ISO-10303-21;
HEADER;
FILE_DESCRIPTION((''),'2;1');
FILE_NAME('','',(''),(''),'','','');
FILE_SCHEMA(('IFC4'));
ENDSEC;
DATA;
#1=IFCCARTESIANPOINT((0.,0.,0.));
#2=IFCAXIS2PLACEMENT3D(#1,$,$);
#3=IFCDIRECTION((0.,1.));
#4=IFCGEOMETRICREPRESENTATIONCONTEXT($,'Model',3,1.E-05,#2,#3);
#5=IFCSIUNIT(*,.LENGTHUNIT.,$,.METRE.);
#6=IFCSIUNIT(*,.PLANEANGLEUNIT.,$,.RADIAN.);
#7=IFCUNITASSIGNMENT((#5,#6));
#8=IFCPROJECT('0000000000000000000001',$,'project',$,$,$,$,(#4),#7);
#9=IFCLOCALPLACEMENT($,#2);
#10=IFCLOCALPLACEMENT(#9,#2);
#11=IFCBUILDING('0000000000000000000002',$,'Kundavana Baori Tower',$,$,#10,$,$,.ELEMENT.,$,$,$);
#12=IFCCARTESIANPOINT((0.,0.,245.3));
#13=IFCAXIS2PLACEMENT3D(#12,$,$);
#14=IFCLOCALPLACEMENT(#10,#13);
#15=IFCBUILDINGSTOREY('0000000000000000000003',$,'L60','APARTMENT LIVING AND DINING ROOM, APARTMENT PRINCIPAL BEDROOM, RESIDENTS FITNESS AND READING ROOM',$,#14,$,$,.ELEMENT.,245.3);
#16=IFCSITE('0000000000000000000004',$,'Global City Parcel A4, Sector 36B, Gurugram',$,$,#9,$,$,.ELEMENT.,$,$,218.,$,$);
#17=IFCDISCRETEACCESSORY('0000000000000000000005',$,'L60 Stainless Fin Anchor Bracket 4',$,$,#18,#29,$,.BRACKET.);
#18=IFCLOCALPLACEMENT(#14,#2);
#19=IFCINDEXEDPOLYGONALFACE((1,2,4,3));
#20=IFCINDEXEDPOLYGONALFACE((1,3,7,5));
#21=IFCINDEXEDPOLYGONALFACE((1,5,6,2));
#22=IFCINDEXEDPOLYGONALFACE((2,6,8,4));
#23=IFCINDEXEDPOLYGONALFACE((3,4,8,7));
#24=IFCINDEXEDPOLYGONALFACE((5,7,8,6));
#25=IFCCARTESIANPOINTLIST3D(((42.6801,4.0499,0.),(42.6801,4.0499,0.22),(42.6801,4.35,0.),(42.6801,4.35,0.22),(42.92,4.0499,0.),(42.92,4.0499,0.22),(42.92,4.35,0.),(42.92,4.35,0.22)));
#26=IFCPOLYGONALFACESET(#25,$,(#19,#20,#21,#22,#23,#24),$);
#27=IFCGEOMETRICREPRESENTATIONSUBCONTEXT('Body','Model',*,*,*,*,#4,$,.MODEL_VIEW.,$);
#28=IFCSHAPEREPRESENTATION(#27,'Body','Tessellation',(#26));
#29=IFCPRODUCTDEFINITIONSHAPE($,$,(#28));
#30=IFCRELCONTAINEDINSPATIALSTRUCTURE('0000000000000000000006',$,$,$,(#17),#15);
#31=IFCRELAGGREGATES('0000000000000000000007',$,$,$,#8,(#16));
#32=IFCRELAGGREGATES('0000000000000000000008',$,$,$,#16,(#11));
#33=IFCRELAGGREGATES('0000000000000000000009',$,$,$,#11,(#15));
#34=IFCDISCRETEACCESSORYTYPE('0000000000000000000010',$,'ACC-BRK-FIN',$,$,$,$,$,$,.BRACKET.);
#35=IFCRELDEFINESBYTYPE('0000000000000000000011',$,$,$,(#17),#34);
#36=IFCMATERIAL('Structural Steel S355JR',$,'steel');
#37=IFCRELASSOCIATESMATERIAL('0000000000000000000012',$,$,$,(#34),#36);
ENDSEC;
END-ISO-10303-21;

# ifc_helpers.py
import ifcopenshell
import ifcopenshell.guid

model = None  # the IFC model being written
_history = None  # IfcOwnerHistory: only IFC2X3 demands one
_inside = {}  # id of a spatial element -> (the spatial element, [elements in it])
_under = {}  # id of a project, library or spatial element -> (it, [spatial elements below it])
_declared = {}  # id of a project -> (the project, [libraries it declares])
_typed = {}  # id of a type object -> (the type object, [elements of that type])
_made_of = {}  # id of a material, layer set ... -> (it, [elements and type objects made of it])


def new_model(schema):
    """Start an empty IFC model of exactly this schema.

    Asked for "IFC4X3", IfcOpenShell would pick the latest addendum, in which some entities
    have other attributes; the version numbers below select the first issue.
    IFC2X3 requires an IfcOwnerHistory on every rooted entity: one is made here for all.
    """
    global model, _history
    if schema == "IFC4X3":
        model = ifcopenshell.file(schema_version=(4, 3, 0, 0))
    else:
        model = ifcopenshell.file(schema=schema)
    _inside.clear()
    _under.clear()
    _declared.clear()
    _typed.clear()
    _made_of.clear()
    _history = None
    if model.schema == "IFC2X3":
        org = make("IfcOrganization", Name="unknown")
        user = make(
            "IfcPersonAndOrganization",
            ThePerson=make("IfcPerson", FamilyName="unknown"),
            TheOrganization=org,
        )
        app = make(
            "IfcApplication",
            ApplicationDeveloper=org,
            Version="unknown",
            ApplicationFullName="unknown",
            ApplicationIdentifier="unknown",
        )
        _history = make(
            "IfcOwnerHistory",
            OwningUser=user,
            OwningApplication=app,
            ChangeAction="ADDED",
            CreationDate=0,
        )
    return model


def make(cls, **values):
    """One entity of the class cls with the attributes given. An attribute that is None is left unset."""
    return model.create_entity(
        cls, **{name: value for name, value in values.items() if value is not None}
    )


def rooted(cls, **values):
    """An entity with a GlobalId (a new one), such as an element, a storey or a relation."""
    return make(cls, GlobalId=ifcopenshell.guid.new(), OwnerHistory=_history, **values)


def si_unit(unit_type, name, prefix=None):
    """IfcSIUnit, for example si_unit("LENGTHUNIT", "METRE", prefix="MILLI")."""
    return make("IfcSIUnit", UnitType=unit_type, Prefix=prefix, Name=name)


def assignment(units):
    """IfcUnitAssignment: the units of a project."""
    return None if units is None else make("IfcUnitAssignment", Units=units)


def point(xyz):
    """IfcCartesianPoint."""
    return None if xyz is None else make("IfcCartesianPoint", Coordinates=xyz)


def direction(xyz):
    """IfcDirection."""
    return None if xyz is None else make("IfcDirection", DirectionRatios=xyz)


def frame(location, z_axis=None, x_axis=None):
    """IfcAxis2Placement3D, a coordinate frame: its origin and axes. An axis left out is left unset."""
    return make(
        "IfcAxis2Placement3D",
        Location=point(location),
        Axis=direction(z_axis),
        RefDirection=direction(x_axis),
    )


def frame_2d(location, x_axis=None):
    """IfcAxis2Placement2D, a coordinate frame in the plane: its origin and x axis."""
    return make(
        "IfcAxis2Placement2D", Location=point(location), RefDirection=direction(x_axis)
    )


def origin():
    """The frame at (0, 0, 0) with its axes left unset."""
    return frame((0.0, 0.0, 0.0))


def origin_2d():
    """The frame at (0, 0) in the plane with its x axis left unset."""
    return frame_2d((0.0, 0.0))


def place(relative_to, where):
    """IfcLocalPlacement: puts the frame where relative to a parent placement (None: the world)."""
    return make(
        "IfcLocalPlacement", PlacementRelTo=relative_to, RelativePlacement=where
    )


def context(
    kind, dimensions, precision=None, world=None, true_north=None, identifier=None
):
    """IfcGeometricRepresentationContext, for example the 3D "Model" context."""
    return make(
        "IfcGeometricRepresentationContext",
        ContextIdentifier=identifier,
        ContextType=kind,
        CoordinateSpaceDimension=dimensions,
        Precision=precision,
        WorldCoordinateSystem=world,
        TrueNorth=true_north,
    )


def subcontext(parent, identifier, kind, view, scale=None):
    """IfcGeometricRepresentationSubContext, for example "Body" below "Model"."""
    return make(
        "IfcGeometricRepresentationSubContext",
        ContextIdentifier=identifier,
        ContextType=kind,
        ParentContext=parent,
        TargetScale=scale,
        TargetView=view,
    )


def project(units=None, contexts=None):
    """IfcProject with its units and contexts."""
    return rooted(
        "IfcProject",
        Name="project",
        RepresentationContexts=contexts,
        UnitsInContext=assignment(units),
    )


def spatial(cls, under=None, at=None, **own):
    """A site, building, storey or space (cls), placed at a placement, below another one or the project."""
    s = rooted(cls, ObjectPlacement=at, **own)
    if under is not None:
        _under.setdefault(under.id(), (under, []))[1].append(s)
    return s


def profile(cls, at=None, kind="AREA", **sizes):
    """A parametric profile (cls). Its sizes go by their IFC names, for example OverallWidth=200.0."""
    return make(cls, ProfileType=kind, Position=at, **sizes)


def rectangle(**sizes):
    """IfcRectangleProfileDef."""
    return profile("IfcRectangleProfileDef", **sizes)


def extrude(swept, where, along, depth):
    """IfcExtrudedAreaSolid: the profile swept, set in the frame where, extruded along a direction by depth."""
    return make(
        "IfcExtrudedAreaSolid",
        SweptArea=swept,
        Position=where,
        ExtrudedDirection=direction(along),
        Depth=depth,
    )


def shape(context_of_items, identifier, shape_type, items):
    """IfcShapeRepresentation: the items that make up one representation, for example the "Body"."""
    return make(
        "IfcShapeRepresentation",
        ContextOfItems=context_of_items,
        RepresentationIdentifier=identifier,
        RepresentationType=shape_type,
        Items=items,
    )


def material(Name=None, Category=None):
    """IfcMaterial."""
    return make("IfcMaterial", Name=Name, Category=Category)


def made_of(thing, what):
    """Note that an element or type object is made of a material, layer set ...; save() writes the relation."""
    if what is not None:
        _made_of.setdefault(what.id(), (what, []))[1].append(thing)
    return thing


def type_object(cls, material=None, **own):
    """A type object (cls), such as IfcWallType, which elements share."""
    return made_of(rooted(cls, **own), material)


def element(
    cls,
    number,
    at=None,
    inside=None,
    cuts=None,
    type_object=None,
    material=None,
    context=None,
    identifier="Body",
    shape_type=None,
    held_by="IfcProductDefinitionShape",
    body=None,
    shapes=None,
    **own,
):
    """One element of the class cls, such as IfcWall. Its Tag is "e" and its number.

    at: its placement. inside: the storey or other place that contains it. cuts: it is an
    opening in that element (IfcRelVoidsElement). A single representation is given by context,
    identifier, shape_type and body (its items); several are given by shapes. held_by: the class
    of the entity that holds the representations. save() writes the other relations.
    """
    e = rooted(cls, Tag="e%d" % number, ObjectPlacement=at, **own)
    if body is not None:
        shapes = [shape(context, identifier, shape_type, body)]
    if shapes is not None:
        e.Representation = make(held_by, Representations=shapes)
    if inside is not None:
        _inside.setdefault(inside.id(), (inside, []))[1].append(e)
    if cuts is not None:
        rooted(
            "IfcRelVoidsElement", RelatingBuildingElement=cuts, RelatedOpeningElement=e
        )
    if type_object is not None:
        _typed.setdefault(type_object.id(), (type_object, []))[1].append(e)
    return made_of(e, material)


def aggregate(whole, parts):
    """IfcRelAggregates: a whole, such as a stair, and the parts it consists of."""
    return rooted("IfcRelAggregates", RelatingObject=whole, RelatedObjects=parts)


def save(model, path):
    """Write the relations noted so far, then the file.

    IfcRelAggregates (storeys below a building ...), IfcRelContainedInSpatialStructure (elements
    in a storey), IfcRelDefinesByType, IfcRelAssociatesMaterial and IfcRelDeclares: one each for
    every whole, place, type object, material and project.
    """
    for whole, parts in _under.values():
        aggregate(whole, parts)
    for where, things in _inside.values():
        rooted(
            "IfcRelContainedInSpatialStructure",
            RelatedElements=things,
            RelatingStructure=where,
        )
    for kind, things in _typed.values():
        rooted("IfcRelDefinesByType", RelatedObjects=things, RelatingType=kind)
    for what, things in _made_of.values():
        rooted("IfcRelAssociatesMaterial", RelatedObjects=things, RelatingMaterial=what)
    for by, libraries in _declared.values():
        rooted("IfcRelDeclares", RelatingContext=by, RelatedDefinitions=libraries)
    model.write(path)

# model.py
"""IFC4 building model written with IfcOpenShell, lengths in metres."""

from ifc_helpers import new_model, si_unit, direction, frame, origin, origin_2d, place, context, subcontext, project, spatial, rectangle, extrude, material, type_object, element, save


model = new_model("IFC4")

# Units and contexts
model_context = context("Model", 3, precision=1e-05, world=origin(), true_north=direction((0.0, 1.0)))
body_context = subcontext(model_context, "Body", "Model", "MODEL_VIEW")
ifc_project = project(units=[si_unit("LENGTHUNIT", "METRE"), si_unit("PLANEANGLEUNIT", "RADIAN")], contexts=[model_context])

# Site, building, storey
site_placement = place(None, origin())
site = spatial("IfcSite", under=ifc_project, at=site_placement, Name="Global City Parcel A4, Sector 36B, Gurugram", CompositionType="ELEMENT", RefElevation=218.0)
building_placement = place(site_placement, origin())
building = spatial("IfcBuilding", under=site, at=building_placement, Name="Kundavana Baori Tower", CompositionType="ELEMENT")
storey_placement = place(building_placement, frame((0.0, 0.0, 245.3)))
storey = spatial("IfcBuildingStorey", under=building, at=storey_placement, Name="L60", Description="APARTMENT LIVING AND DINING ROOM, APARTMENT PRINCIPAL BEDROOM, RESIDENTS FITNESS AND READING ROOM", CompositionType="ELEMENT", Elevation=245.3)

# Discrete accessory
ifc_material_1 = material(Name="Structural Steel S355JR", Category="steel")
discrete_accessory_type = type_object("IfcDiscreteAccessoryType", Name="ACC-BRK-FIN", PredefinedType="BRACKET", material=ifc_material_1)
discrete_accessory_placement = place(storey_placement, frame((42.8, 4.2, 0.0), z_axis=(0.0, 0.0, 1.0), x_axis=(1.0, 0.0, 0.0)))
element("IfcDiscreteAccessory", 1, at=discrete_accessory_placement, inside=storey, type_object=discrete_accessory_type, Name="L60 Stainless Fin Anchor Bracket 4", PredefinedType="BRACKET", context=body_context, shape_type="SweptSolid", body=[
    extrude(rectangle(XDim=0.24, YDim=0.3, at=origin_2d()), origin(), (0.0, 0.0, 1.0), 0.22),
])

save(model, "model.ifc")
